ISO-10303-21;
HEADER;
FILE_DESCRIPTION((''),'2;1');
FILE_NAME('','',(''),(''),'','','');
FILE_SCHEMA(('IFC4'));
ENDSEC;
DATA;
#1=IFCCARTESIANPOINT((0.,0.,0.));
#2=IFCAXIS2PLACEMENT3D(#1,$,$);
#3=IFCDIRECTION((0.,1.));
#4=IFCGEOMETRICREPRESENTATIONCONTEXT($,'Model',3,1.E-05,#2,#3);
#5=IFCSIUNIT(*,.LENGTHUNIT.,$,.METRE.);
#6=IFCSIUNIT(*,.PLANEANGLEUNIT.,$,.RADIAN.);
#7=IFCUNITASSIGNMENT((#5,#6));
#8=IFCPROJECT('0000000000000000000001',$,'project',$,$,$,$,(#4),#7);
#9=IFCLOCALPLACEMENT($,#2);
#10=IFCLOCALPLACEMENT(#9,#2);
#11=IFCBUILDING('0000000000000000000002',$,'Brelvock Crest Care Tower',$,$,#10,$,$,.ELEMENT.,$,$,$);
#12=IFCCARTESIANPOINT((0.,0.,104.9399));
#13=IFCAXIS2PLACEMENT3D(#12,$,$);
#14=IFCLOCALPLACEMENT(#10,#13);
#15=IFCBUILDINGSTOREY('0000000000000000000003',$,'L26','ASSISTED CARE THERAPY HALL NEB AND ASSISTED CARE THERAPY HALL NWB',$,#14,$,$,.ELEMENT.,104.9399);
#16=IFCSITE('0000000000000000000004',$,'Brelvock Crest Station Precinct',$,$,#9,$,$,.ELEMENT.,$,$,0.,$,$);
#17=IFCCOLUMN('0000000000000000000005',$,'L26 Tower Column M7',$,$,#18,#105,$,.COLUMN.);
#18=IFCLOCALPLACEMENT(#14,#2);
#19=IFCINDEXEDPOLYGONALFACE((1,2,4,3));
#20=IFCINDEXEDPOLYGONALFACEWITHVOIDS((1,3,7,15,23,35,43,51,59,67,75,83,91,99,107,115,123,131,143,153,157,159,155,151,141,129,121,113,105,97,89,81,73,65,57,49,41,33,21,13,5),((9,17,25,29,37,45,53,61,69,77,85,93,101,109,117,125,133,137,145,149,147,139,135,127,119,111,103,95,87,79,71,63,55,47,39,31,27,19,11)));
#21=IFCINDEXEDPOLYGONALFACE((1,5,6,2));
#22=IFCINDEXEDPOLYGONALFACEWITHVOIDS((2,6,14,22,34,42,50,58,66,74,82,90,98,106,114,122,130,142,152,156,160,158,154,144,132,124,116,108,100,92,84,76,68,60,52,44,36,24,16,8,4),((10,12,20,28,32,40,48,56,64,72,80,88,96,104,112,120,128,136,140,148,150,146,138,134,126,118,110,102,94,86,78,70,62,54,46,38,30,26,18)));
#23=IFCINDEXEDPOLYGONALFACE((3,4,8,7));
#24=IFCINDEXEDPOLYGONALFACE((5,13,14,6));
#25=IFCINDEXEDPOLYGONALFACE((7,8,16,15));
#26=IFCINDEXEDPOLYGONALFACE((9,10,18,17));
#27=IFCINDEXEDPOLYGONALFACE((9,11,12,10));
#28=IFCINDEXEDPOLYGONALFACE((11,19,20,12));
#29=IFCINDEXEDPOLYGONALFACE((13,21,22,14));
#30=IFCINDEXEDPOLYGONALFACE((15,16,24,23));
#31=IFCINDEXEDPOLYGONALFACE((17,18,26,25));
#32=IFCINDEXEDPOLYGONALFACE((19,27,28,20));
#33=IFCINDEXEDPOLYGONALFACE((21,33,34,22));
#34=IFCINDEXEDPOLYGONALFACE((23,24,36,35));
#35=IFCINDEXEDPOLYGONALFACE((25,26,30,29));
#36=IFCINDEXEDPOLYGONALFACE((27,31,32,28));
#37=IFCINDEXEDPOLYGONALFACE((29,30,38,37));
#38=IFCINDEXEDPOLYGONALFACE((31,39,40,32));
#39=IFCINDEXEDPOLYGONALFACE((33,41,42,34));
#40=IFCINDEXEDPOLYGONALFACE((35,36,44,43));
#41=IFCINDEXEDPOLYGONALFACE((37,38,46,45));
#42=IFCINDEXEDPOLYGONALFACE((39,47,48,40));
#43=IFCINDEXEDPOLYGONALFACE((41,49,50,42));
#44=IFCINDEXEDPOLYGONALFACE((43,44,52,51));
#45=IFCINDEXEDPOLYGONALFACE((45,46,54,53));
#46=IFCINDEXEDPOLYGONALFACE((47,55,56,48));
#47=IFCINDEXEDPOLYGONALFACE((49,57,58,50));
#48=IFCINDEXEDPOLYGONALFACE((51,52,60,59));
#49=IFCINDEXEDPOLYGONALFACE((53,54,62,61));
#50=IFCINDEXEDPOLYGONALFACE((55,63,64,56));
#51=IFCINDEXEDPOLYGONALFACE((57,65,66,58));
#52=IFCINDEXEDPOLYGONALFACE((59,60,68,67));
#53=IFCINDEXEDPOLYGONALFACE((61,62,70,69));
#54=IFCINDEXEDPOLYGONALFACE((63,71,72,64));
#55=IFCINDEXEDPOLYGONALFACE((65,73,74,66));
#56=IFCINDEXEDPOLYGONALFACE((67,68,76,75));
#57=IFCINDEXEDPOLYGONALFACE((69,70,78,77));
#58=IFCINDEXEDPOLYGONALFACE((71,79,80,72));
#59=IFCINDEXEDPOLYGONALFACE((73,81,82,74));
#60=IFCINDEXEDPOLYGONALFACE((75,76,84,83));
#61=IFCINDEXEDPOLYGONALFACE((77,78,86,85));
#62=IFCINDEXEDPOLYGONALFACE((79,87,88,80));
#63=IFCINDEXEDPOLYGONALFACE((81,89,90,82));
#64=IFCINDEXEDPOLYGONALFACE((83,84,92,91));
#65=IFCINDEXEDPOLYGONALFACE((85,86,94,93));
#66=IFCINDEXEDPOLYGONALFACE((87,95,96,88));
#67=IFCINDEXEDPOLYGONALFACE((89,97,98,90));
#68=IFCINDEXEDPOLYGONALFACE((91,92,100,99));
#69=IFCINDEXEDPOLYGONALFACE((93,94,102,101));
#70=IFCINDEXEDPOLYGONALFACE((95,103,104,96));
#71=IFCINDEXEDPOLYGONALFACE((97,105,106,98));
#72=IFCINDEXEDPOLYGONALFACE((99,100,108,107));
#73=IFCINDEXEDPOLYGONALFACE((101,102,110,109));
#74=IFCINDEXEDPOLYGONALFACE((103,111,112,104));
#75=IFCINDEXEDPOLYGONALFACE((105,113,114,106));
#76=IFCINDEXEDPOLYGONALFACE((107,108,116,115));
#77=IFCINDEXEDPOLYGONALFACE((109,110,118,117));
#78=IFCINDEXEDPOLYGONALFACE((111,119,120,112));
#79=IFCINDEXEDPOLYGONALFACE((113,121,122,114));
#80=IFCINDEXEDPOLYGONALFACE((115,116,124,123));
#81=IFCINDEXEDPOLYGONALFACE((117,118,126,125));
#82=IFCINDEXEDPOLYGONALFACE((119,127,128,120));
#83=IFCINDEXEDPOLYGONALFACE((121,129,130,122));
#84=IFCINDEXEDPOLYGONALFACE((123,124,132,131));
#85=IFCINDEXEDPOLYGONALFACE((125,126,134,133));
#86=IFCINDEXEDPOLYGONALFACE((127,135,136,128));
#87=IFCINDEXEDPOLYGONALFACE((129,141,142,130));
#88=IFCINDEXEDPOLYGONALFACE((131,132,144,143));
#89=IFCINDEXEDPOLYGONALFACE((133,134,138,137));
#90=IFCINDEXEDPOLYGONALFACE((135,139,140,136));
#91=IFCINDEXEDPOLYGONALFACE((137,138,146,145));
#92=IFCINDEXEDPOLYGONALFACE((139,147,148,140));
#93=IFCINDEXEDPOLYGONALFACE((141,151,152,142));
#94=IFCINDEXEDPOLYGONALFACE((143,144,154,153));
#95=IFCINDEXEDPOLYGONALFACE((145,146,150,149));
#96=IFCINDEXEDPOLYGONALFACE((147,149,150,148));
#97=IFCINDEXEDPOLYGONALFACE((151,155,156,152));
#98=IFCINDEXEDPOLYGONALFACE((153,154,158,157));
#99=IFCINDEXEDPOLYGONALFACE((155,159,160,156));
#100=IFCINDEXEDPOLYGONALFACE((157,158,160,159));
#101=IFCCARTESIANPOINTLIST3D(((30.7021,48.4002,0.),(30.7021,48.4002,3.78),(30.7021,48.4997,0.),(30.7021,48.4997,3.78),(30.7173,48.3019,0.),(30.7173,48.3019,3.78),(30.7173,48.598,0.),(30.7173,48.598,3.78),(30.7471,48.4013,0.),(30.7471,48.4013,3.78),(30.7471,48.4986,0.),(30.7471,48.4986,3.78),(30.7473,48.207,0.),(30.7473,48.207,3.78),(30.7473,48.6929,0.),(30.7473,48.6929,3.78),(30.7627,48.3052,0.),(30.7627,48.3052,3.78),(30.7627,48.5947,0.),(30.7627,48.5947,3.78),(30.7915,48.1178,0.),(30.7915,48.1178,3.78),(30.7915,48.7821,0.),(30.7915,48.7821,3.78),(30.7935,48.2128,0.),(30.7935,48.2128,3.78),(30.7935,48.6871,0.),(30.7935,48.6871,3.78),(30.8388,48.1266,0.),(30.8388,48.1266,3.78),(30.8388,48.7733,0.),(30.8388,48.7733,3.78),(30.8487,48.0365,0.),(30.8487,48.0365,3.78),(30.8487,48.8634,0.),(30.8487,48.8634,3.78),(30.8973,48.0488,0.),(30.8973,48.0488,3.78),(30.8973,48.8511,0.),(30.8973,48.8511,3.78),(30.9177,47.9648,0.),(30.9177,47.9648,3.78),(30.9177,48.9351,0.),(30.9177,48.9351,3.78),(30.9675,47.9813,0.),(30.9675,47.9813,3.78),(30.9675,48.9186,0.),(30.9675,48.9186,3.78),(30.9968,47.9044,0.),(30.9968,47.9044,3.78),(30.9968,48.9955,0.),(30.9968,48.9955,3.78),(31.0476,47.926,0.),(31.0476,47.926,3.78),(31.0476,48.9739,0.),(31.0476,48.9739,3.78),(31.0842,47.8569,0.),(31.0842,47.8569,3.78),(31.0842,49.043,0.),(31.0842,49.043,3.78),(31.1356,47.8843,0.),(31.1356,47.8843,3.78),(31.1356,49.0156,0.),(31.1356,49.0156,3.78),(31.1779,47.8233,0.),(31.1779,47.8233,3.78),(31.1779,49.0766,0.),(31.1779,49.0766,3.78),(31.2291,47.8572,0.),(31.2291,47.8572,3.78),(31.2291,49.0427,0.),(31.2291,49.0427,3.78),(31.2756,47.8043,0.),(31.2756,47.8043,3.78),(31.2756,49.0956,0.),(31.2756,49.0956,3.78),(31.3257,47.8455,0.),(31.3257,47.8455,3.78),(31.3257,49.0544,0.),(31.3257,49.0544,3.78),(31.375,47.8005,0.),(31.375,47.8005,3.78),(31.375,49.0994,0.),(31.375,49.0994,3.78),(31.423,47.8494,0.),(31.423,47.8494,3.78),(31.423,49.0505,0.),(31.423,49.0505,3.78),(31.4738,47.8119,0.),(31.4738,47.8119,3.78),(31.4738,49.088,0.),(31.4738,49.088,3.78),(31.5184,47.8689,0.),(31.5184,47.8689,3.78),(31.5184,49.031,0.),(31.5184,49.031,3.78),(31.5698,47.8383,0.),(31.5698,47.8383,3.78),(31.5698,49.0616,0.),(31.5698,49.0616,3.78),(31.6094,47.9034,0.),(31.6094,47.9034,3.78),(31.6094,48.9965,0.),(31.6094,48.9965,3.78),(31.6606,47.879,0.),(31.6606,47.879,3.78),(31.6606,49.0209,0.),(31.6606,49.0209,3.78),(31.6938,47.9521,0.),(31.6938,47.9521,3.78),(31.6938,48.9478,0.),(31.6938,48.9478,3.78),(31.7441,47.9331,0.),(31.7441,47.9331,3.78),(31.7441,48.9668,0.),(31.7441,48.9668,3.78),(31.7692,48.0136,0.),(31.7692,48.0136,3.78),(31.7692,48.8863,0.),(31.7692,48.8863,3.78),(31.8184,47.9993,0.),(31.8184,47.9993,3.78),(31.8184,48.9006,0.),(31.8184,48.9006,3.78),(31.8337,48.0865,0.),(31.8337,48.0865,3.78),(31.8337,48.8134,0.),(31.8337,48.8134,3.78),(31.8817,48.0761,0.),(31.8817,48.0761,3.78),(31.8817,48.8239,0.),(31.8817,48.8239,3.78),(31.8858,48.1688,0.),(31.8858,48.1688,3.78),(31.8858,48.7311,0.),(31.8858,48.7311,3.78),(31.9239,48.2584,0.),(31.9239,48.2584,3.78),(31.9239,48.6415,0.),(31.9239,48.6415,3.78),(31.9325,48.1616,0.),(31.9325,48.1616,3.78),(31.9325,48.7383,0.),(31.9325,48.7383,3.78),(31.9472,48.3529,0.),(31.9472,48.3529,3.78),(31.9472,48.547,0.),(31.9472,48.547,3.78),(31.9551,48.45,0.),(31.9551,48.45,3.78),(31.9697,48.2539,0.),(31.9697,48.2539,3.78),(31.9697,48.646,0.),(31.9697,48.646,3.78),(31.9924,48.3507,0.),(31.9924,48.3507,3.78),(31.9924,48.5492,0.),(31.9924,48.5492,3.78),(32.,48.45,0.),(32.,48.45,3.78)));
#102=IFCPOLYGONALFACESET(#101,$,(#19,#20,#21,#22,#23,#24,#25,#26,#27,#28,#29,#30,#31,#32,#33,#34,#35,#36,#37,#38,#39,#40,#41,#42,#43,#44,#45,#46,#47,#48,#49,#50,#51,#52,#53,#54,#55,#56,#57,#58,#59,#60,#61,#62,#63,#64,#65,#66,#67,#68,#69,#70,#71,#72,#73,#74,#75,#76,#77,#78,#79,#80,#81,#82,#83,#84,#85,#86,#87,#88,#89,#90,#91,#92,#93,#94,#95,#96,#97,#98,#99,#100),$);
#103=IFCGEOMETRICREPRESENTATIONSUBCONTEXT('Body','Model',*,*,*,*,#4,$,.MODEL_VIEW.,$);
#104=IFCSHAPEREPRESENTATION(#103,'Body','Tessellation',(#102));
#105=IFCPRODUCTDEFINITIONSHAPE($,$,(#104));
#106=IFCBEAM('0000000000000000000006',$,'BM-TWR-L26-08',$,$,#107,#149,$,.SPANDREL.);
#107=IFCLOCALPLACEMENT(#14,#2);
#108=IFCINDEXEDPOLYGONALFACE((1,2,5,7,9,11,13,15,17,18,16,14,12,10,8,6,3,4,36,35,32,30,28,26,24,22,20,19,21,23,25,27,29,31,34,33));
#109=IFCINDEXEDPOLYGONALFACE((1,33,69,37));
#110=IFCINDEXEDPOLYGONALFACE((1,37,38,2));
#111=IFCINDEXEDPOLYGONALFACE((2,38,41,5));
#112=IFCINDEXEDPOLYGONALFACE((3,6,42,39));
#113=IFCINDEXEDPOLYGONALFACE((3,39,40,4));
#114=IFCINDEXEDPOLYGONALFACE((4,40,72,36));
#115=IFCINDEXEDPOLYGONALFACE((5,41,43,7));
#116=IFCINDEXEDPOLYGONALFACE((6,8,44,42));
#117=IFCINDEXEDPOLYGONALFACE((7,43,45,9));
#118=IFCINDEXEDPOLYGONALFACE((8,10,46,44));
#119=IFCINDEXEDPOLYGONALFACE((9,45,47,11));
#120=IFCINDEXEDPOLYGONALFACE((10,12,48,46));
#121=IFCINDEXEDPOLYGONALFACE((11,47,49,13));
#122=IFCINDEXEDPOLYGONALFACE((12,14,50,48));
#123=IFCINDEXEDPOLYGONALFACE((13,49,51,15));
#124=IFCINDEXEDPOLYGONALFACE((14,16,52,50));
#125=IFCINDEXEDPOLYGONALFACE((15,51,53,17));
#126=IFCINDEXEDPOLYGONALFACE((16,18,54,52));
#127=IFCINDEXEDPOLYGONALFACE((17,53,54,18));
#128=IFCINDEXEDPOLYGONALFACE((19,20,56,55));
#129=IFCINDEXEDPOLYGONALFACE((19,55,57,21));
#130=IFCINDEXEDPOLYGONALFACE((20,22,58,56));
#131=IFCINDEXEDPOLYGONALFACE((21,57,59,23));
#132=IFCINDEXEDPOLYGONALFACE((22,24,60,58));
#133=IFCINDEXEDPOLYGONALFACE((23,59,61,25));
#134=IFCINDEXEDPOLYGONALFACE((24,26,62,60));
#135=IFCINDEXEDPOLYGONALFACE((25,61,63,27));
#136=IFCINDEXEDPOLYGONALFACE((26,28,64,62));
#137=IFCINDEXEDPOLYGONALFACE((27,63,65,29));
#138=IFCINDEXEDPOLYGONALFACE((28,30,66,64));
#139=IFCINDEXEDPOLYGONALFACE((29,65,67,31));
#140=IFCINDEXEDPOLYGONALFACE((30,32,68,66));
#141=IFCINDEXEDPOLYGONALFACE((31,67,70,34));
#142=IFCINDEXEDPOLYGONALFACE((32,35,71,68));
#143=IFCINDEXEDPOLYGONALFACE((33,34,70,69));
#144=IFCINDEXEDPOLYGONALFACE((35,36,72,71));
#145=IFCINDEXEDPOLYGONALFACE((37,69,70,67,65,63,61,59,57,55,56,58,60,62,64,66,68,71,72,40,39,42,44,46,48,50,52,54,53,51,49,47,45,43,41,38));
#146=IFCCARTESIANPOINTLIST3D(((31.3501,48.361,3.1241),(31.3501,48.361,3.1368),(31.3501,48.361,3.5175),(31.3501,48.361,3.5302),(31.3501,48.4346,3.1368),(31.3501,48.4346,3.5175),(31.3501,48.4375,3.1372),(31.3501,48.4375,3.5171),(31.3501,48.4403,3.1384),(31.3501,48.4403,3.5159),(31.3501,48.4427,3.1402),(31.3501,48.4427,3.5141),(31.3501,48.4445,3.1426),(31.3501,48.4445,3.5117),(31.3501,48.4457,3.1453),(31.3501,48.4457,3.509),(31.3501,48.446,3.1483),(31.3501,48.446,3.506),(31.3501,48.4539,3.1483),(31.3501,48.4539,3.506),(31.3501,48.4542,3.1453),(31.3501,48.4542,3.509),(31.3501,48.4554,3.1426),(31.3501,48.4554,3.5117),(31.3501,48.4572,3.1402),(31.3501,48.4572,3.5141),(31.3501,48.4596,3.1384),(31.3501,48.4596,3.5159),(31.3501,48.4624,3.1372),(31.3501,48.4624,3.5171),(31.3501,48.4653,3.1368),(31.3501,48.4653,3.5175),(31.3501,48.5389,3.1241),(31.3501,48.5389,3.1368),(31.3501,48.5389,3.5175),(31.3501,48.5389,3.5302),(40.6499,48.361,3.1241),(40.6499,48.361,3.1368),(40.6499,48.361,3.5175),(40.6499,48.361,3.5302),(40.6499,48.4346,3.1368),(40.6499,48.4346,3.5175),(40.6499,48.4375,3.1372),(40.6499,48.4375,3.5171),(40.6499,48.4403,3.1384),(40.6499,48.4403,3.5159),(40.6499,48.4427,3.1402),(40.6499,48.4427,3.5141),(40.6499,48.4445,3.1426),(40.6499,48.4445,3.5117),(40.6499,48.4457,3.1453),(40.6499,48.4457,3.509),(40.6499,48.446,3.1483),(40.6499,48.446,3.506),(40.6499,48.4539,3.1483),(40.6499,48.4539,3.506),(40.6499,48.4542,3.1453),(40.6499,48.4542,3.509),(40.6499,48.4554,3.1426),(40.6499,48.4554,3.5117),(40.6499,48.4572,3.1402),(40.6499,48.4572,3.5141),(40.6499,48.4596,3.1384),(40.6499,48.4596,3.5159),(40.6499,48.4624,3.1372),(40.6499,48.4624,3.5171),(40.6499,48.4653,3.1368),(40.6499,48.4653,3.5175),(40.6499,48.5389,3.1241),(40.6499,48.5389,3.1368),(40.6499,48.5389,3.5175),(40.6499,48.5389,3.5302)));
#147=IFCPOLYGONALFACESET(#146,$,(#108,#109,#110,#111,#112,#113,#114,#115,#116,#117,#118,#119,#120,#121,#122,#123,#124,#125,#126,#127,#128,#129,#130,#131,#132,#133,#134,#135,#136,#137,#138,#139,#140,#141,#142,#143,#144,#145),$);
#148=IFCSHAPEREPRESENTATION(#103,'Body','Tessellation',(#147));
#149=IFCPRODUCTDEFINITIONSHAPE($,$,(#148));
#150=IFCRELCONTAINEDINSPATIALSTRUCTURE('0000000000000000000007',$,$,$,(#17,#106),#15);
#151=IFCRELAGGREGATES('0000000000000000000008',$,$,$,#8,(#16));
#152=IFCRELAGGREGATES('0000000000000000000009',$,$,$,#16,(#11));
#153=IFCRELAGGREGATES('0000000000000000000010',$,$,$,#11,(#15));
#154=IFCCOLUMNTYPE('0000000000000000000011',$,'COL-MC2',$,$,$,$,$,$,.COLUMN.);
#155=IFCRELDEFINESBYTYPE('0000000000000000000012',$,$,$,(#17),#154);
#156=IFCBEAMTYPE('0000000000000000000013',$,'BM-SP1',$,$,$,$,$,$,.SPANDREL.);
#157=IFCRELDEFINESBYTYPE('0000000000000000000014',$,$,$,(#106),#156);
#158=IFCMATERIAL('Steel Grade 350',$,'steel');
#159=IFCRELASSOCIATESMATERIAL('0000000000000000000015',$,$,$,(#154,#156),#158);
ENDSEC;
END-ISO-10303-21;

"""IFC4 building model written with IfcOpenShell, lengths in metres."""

from ifc_helpers import new_model, si_unit, direction, frame, origin, origin_2d, place, context, subcontext, project, spatial, hollow_circle, i_section, extrude, source, transform, mapped, material, material_profile, profile_set, type_object, element, save


model = new_model("IFC4")

# Units and contexts
model_context = context("Model", 3, precision=1e-05, world=origin(), true_north=direction((0.0, 1.0)))
body_context = subcontext(model_context, "Body", "Model", "MODEL_VIEW")
ifc_project = project(units=[si_unit("LENGTHUNIT", "METRE"), si_unit("PLANEANGLEUNIT", "RADIAN")], contexts=[model_context])

# Site, building, storey
site_placement = place(None, origin())
site = spatial("IfcSite", under=ifc_project, at=site_placement, Name="Brelvock Crest Station Precinct", CompositionType="ELEMENT", RefElevation=0.0)
building_placement = place(site_placement, origin())
building = spatial("IfcBuilding", under=site, at=building_placement, Name="Brelvock Crest Care Tower", CompositionType="ELEMENT")
storey_placement = place(building_placement, frame((0.0, 0.0, 104.9399)))
storey = spatial("IfcBuildingStorey", under=building, at=storey_placement, Name="L26", Description="ASSISTED CARE THERAPY HALL NEB AND ASSISTED CARE THERAPY HALL NWB", CompositionType="ELEMENT", Elevation=104.9399)

# Column
ifc_material_1 = material(Name="Steel Grade 350", Category="steel")
ifc_material_profile_1 = material_profile(ifc_material_1, hollow_circle(Radius=0.6499, WallThickness=0.0449, at=origin_2d()), Name="CFT1300x45")
ifc_profile_set_1 = profile_set([ifc_material_profile_1], Name="Steel Grade 350")
column_type = type_object("IfcColumnType", Name="COL-MC2", PredefinedType="COLUMN", material=ifc_profile_set_1)
shared_shape_1 = source(origin(), body_context, "Body", "SweptSolid", [
    extrude(hollow_circle(Radius=0.6499, WallThickness=0.0449, at=origin_2d()), origin(), (0.0, 0.0, 1.0), 3.78),
])
column_placement = place(storey_placement, frame((31.3501, 48.45, 0.0), z_axis=(0.0, 0.0, 1.0), x_axis=(1.0, 0.0, 0.0)))
element("IfcColumn", 1, at=column_placement, inside=storey, type_object=column_type, Name="L26 Tower Column M7", PredefinedType="COLUMN", context=body_context, shape_type="MappedRepresentation", body=[
    mapped(shared_shape_1, transform((0.0, 0.0, 0.0), x_axis=(1.0, 0.0, 0.0), y_axis=(0.0, 1.0, 0.0), z_axis=(0.0, 0.0, 1.0), scale=1.0)),
])

# Beam
ifc_material_profile_2 = material_profile(ifc_material_1, i_section(OverallWidth=0.178, OverallDepth=0.406, WebThickness=0.0078, FlangeThickness=0.0127, FilletRadius=0.0115, at=origin_2d()), Name="410UB59.7")
ifc_profile_set_2 = profile_set([ifc_material_profile_2], Name="Steel Grade 350")
beam_type_1 = type_object("IfcBeamType", Name="BM-SP1", PredefinedType="SPANDREL", material=ifc_profile_set_2)
shared_shape_2 = source(origin(), body_context, "Body", "SweptSolid", [
    extrude(i_section(OverallWidth=0.178, OverallDepth=0.406, WebThickness=0.0078, FlangeThickness=0.0127, FilletRadius=0.0115, at=origin_2d()), origin(), (0.0, 0.0, 1.0), 9.2998),
])
beam_placement = place(storey_placement, frame((31.3501, 48.45, 3.3271), z_axis=(1.0, 0.0, 0.0), x_axis=(0.0, 1.0, 0.0)))
element("IfcBeam", 2, at=beam_placement, inside=storey, type_object=beam_type_1, Name="BM-TWR-L26-08", PredefinedType="SPANDREL", context=body_context, shape_type="MappedRepresentation", body=[
    mapped(shared_shape_2, transform((0.0, 0.0, 0.0), x_axis=(1.0, 0.0, 0.0), y_axis=(0.0, 1.0, 0.0), z_axis=(0.0, 0.0, 1.0), scale=1.0)),
])

save(model, "model.ifc")
